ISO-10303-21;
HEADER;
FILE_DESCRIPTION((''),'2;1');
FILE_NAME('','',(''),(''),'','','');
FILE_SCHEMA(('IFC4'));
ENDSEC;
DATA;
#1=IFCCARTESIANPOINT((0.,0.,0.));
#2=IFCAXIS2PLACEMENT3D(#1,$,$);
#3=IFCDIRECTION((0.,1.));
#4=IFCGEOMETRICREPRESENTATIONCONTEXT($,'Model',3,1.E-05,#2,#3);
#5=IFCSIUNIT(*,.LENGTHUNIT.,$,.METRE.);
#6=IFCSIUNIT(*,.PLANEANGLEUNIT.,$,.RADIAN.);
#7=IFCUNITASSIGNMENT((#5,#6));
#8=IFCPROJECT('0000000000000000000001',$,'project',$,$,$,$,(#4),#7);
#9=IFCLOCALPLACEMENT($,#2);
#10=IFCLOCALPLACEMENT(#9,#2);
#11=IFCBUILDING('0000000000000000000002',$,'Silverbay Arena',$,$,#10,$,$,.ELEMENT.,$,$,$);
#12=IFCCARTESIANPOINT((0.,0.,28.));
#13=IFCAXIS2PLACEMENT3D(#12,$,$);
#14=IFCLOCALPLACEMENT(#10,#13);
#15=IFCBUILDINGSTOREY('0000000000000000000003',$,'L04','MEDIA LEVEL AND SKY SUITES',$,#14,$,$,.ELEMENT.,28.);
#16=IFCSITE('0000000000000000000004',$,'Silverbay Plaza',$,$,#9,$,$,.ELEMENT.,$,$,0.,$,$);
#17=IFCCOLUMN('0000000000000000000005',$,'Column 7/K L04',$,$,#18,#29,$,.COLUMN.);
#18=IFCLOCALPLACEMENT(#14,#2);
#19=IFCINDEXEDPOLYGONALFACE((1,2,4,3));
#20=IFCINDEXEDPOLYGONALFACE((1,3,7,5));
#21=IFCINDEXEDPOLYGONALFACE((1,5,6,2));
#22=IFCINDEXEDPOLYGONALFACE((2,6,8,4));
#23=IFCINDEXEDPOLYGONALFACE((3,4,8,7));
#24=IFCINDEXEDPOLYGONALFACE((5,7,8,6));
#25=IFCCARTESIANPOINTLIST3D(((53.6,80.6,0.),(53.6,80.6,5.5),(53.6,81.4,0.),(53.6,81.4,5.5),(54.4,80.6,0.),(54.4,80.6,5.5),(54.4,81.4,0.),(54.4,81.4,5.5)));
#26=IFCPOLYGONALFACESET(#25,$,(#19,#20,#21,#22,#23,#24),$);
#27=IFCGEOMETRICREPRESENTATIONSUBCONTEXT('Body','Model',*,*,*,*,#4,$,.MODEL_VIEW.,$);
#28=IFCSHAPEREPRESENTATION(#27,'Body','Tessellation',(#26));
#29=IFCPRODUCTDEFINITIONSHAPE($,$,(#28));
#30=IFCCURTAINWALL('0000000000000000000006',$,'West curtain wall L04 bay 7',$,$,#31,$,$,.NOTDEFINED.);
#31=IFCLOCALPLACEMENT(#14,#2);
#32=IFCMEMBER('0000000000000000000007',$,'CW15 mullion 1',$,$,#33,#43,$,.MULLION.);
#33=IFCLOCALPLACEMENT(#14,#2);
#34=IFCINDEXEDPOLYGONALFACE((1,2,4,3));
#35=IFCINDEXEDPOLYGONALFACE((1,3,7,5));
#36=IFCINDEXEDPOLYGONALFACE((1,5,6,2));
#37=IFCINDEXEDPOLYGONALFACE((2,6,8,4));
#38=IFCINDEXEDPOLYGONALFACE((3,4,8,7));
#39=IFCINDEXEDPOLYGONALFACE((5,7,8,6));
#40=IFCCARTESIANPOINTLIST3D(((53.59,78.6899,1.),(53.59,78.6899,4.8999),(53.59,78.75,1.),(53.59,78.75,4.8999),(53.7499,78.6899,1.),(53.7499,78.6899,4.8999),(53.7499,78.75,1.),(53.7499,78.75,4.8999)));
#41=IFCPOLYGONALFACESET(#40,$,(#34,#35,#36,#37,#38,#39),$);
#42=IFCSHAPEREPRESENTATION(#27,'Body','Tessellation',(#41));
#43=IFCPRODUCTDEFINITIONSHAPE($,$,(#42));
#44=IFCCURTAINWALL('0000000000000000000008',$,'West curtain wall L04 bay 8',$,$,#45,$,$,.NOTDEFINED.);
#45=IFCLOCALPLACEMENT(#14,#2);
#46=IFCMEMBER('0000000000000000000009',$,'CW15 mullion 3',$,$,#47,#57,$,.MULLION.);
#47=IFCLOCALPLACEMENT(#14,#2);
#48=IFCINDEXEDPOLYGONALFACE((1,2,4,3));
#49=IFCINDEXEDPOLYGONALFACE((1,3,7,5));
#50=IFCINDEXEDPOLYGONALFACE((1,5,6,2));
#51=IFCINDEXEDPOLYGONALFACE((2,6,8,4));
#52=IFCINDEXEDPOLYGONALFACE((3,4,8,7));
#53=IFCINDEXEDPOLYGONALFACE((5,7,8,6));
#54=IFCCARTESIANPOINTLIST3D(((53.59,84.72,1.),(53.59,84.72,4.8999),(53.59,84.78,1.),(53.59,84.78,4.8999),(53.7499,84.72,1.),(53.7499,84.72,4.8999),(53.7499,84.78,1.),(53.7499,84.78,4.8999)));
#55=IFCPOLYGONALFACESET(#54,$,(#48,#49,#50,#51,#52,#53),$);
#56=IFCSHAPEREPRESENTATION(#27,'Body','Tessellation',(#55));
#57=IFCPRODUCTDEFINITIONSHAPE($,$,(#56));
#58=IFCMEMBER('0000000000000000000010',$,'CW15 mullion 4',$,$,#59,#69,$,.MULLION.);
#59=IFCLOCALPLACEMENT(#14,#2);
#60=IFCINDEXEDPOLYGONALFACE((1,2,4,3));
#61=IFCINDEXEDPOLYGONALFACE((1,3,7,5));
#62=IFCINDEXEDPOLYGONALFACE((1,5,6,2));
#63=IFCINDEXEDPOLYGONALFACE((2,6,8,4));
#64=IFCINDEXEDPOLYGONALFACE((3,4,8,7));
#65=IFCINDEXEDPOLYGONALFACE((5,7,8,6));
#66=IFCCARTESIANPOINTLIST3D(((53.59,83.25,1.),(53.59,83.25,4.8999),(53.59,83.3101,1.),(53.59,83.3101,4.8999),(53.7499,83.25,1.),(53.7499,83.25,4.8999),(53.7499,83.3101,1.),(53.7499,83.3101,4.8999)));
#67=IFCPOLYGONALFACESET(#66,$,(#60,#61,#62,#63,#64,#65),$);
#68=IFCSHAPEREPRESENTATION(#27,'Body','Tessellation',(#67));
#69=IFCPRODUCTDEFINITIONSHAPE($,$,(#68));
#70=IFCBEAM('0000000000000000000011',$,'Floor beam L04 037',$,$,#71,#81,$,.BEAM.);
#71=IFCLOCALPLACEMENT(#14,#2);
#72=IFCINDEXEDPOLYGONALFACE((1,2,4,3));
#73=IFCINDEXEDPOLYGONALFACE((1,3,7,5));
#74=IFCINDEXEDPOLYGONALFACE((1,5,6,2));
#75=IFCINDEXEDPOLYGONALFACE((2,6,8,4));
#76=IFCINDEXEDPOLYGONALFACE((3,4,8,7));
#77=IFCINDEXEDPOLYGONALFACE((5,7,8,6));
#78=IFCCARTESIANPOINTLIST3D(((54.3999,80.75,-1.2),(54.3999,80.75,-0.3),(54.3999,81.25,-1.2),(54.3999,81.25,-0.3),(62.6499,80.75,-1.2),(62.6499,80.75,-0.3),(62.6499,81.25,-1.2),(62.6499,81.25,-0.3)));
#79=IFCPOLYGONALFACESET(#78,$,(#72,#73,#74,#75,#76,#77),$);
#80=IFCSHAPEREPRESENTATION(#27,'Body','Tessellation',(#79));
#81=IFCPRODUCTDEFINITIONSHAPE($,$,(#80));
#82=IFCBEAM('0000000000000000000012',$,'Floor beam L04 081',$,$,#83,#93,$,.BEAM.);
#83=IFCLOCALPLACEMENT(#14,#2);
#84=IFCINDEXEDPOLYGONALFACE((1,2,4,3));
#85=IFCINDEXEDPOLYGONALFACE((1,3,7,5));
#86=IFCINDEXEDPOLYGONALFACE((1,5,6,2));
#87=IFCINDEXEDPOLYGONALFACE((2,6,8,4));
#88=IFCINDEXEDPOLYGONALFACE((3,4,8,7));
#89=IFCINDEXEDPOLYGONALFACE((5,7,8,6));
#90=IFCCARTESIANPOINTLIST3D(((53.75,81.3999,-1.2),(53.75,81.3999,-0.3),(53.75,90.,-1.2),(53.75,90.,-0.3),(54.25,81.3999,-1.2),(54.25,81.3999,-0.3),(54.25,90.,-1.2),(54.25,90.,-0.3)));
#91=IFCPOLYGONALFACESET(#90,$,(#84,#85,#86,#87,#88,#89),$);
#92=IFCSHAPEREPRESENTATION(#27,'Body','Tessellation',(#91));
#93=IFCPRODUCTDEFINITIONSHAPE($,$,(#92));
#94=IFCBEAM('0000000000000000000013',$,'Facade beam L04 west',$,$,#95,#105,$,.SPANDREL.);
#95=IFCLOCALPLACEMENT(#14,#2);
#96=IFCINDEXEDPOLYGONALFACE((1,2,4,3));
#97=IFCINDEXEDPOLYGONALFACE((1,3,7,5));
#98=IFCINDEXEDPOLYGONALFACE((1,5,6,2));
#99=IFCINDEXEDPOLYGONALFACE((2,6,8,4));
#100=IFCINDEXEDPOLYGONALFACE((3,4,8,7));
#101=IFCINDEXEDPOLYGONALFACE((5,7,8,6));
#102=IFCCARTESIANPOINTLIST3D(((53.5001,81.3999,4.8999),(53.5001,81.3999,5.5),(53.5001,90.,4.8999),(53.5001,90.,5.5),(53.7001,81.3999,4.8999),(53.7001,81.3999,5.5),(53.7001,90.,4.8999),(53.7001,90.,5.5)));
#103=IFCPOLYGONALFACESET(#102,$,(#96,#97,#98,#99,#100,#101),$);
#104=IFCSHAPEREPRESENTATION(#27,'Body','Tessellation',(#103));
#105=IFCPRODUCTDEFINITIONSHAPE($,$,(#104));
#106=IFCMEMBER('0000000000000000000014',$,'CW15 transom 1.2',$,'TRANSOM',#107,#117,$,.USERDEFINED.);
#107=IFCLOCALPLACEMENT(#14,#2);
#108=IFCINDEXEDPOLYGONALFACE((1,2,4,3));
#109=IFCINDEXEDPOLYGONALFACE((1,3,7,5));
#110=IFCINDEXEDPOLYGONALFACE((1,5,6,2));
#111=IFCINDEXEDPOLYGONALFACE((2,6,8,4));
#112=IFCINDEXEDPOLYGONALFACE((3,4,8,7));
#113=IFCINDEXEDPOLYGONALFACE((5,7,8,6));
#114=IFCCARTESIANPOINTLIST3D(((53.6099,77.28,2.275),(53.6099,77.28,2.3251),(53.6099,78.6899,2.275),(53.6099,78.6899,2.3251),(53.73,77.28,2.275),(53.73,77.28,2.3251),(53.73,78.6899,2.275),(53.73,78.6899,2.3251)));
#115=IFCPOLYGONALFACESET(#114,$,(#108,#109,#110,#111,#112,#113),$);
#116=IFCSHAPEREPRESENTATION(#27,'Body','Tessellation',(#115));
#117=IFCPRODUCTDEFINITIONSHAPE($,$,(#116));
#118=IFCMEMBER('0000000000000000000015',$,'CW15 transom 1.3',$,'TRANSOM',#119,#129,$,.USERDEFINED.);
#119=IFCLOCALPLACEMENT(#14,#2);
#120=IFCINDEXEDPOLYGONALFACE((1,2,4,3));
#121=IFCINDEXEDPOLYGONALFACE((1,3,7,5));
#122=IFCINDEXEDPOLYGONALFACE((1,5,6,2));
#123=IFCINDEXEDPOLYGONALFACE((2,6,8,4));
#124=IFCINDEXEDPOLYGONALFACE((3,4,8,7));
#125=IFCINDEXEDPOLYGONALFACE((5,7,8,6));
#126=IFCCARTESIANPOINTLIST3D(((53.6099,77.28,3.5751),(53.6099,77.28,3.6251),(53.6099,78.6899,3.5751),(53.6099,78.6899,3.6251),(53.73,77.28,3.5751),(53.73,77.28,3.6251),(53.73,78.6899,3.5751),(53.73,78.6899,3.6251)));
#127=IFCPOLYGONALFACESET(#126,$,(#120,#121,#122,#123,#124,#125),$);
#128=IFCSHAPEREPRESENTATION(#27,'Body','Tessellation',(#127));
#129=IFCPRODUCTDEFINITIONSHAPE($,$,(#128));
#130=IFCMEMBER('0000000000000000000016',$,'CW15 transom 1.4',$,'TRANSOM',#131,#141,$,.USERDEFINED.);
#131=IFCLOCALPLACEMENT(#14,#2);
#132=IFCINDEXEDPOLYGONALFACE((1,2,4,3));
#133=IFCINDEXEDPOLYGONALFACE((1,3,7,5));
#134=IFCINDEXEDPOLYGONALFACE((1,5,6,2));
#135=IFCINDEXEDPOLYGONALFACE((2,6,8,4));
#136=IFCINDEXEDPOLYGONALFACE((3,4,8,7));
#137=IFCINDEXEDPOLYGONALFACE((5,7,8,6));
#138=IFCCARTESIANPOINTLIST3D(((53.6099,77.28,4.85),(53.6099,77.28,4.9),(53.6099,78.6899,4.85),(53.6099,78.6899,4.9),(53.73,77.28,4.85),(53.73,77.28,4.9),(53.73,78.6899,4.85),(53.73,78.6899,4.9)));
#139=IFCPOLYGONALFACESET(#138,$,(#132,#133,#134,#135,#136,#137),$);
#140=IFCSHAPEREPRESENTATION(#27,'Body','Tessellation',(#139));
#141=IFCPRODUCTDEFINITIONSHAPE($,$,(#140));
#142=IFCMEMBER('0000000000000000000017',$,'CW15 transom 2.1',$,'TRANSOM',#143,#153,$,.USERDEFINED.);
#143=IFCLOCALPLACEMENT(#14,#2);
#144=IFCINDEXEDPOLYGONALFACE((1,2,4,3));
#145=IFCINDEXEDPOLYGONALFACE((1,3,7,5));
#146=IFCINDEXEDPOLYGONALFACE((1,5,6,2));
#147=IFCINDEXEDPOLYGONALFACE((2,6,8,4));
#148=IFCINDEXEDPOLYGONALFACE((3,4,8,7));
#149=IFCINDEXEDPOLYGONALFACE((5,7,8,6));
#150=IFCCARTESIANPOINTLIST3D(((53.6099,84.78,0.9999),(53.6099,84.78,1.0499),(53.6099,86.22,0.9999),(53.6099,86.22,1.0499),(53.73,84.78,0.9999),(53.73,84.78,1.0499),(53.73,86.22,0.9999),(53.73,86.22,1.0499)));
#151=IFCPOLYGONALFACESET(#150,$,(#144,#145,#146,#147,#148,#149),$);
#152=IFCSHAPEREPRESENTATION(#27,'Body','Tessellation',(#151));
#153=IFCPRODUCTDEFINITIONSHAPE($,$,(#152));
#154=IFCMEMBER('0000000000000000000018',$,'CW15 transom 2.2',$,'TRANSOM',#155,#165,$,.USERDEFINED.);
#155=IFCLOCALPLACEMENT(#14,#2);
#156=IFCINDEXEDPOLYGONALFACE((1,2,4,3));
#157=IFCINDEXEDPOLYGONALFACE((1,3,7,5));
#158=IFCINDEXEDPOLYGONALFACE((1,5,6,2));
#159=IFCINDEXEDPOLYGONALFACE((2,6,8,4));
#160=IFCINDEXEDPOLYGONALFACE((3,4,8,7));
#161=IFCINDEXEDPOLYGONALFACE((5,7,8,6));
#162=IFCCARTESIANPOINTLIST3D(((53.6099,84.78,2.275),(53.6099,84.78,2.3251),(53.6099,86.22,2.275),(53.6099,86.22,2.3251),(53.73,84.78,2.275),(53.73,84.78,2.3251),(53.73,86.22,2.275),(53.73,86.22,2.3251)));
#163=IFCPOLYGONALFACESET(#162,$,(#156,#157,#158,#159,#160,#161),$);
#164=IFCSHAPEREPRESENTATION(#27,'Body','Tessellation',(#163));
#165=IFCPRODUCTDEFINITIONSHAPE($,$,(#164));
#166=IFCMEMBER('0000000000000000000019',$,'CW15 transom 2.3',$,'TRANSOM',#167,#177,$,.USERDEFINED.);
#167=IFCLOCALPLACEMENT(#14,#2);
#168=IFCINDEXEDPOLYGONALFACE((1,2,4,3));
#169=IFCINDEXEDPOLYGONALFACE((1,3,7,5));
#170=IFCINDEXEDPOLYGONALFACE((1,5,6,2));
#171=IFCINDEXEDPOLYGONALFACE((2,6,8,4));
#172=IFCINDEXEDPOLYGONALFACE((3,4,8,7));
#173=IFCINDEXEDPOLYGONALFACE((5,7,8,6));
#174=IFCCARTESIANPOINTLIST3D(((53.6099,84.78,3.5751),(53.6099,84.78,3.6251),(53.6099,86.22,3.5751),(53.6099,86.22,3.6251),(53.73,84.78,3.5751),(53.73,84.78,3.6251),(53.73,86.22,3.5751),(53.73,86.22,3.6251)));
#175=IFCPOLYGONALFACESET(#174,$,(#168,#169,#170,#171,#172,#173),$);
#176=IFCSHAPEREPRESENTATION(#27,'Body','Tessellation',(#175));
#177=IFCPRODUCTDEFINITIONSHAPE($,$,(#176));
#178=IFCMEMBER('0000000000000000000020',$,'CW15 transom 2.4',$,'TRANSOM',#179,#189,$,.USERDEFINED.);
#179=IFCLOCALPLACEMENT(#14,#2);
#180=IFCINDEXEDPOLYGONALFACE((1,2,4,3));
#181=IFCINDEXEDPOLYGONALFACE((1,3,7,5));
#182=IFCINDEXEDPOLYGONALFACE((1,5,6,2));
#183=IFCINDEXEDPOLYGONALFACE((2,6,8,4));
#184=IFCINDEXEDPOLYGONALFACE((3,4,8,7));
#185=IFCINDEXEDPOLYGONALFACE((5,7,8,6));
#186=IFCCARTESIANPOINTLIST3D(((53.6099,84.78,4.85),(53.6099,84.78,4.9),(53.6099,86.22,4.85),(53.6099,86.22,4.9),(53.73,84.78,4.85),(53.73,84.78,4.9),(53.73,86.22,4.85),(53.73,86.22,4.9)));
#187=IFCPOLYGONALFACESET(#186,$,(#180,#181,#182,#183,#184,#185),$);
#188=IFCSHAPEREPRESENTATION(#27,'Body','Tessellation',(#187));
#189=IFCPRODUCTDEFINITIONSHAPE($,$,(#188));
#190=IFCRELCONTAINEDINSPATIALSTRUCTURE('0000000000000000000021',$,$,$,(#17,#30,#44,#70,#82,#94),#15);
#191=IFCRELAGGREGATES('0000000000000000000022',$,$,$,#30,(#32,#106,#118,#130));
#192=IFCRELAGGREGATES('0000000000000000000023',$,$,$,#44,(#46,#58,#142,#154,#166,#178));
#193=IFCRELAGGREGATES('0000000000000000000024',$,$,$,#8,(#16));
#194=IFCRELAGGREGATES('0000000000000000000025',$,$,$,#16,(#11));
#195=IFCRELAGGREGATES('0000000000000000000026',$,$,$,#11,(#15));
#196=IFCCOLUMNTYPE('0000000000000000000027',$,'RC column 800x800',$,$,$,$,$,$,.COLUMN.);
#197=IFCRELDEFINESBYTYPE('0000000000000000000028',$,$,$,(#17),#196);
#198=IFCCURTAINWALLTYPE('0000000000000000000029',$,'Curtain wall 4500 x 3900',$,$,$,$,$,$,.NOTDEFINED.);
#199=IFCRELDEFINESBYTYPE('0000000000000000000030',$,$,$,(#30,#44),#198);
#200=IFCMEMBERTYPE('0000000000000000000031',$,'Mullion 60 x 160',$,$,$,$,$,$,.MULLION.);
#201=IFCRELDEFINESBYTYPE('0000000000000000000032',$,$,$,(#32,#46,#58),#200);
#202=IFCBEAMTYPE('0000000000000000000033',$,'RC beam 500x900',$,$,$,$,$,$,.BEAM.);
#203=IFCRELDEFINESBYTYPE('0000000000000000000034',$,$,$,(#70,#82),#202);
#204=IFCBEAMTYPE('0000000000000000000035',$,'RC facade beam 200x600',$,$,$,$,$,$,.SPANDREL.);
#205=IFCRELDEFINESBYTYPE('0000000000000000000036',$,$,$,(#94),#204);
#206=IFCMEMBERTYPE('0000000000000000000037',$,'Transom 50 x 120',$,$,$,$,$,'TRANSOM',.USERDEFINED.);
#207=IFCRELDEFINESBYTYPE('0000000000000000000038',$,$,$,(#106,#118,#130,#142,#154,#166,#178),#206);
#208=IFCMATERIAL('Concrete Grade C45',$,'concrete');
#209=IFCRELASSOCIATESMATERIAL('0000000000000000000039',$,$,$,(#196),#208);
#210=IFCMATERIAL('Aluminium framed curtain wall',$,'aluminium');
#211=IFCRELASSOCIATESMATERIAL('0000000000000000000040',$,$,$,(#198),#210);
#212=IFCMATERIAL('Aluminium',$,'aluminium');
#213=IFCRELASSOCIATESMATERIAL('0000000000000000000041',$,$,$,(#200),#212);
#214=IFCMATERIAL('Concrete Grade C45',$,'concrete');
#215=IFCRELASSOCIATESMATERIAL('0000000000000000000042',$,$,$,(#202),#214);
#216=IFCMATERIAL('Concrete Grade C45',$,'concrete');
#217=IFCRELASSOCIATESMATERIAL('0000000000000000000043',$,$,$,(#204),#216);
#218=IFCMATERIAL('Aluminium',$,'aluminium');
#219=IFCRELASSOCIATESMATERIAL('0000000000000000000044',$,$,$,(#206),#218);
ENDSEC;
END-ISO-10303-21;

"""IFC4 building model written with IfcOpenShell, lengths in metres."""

from ifc_helpers import new_model, si_unit, direction, frame, origin, origin_2d, place, context, subcontext, project, spatial, rectangle, extrude, material, material_profile, profile_set, type_object, element, aggregate, save


model = new_model("IFC4")

# Units and contexts
model_context = context("Model", 3, precision=1e-05, world=origin(), true_north=direction((0.0, 1.0)))
body_context = subcontext(model_context, "Body", "Model", "MODEL_VIEW")
ifc_project = project(units=[si_unit("LENGTHUNIT", "METRE"), si_unit("PLANEANGLEUNIT", "RADIAN")], contexts=[model_context])

# Site, building, storey
site_placement = place(None, origin())
site = spatial("IfcSite", under=ifc_project, at=site_placement, Name="Silverbay Plaza", CompositionType="ELEMENT", RefElevation=0.0)
building_placement = place(site_placement, origin())
building = spatial("IfcBuilding", under=site, at=building_placement, Name="Silverbay Arena", CompositionType="ELEMENT")
storey_placement = place(building_placement, frame((0.0, 0.0, 28.0)))
storey = spatial("IfcBuildingStorey", under=building, at=storey_placement, Name="L04", Description="MEDIA LEVEL AND SKY SUITES", CompositionType="ELEMENT", Elevation=28.0)

# Column
ifc_material_1 = material(Name="Concrete Grade C45", Category="concrete")
ifc_material_profile_1 = material_profile(ifc_material_1, rectangle(XDim=0.8, YDim=0.8, at=origin_2d()), Name="RC 800x800")
ifc_profile_set_1 = profile_set([ifc_material_profile_1], Name="Concrete Grade C45")
column_type = type_object("IfcColumnType", Name="RC column 800x800", PredefinedType="COLUMN", material=ifc_profile_set_1)
column_placement = place(storey_placement, frame((54.0, 81.0, 0.0), z_axis=(0.0, 0.0, 1.0), x_axis=(1.0, 0.0, 0.0)))
element("IfcColumn", 1, at=column_placement, inside=storey, type_object=column_type, Name="Column 7/K L04", PredefinedType="COLUMN", context=body_context, shape_type="SweptSolid", body=[
    extrude(rectangle(XDim=0.8, YDim=0.8, at=origin_2d()), origin(), (0.0, 0.0, 1.0), 5.5),
])

# Curtain wall, member
ifc_material_2 = material(Name="Aluminium framed curtain wall", Category="aluminium")
curtain_wall_type = type_object("IfcCurtainWallType", Name="Curtain wall 4500 x 3900", PredefinedType="NOTDEFINED", material=ifc_material_2)
curtain_wall_1_placement = place(storey_placement, origin())
curtain_wall_1 = element("IfcCurtainWall", 2, at=curtain_wall_1_placement, inside=storey, type_object=curtain_wall_type, Name="West curtain wall L04 bay 7", PredefinedType="NOTDEFINED")
ifc_material_3 = material(Name="Aluminium", Category="aluminium")
ifc_material_profile_2 = material_profile(ifc_material_3, rectangle(XDim=0.1599, YDim=0.0601, at=origin_2d()), Name="Mullion 60 x 160")
ifc_profile_set_2 = profile_set([ifc_material_profile_2], Name="Aluminium")
member_type_1 = type_object("IfcMemberType", Name="Mullion 60 x 160", PredefinedType="MULLION", material=ifc_profile_set_2)
member_1_placement = place(storey_placement, frame((53.6699, 78.72, 1.0), z_axis=(0.0, 0.0, 1.0), x_axis=(1.0, 0.0, 0.0)))
member_1 = element("IfcMember", 3, at=member_1_placement, type_object=member_type_1, Name="CW15 mullion 1", PredefinedType="MULLION", context=body_context, shape_type="SweptSolid", body=[
    extrude(rectangle(XDim=0.1599, YDim=0.0601, at=origin_2d()), origin(), (0.0, 0.0, 1.0), 3.8999),
])

# Curtain wall, members
curtain_wall_2_placement = place(storey_placement, origin())
curtain_wall_2 = element("IfcCurtainWall", 4, at=curtain_wall_2_placement, inside=storey, type_object=curtain_wall_type, Name="West curtain wall L04 bay 8", PredefinedType="NOTDEFINED")
member_2_placement = place(storey_placement, frame((53.6699, 84.75, 1.0), z_axis=(0.0, 0.0, 1.0), x_axis=(1.0, 0.0, 0.0)))
member_2 = element("IfcMember", 5, at=member_2_placement, type_object=member_type_1, Name="CW15 mullion 3", PredefinedType="MULLION", context=body_context, shape_type="SweptSolid", body=[
    extrude(rectangle(XDim=0.1599, YDim=0.0601, at=origin_2d()), origin(), (0.0, 0.0, 1.0), 3.8999),
])
member_3_placement = place(storey_placement, frame((53.6699, 83.28, 1.0), z_axis=(0.0, 0.0, 1.0), x_axis=(1.0, 0.0, 0.0)))
member_3 = element("IfcMember", 6, at=member_3_placement, type_object=member_type_1, Name="CW15 mullion 4", PredefinedType="MULLION", context=body_context, shape_type="SweptSolid", body=[
    extrude(rectangle(XDim=0.1599, YDim=0.0601, at=origin_2d()), origin(), (0.0, 0.0, 1.0), 3.8999),
])

# Beams
ifc_material_4 = material(Name="Concrete Grade C45", Category="concrete")
ifc_material_profile_3 = material_profile(ifc_material_4, rectangle(XDim=0.5, YDim=0.8999, at=origin_2d()), Name="RC 500x900")
ifc_profile_set_3 = profile_set([ifc_material_profile_3], Name="Concrete Grade C45")
beam_type_1 = type_object("IfcBeamType", Name="RC beam 500x900", PredefinedType="BEAM", material=ifc_profile_set_3)
beam_1_placement = place(storey_placement, frame((54.3999, 81.0, -0.75), z_axis=(1.0, 0.0, 0.0), x_axis=(0.0, 1.0, 0.0)))
element("IfcBeam", 7, at=beam_1_placement, inside=storey, type_object=beam_type_1, Name="Floor beam L04 037", PredefinedType="BEAM", context=body_context, shape_type="SweptSolid", body=[
    extrude(rectangle(XDim=0.5, YDim=0.8999, at=origin_2d()), origin(), (0.0, 0.0, 1.0), 8.25),
])
beam_2_placement = place(storey_placement, frame((54.0, 81.3999, -0.75), z_axis=(0.0, 1.0, 0.0), x_axis=(-1.0, 0.0, 0.0)))
element("IfcBeam", 8, at=beam_2_placement, inside=storey, type_object=beam_type_1, Name="Floor beam L04 081", PredefinedType="BEAM", context=body_context, shape_type="SweptSolid", body=[
    extrude(rectangle(XDim=0.5, YDim=0.8999, at=origin_2d()), origin(), (0.0, 0.0, 1.0), 8.6001),
])
ifc_material_5 = material(Name="Concrete Grade C45", Category="concrete")
ifc_material_profile_4 = material_profile(ifc_material_5, rectangle(XDim=0.2, YDim=0.6001, at=origin_2d()), Name="RC 200x600")
ifc_profile_set_4 = profile_set([ifc_material_profile_4], Name="Concrete Grade C45")
beam_type_2 = type_object("IfcBeamType", Name="RC facade beam 200x600", PredefinedType="SPANDREL", material=ifc_profile_set_4)
beam_3_placement = place(storey_placement, frame((53.6001, 81.3999, 5.2), z_axis=(0.0, 1.0, 0.0), x_axis=(-1.0, 0.0, 0.0)))
element("IfcBeam", 9, at=beam_3_placement, inside=storey, type_object=beam_type_2, Name="Facade beam L04 west", PredefinedType="SPANDREL", context=body_context, shape_type="SweptSolid", body=[
    extrude(rectangle(XDim=0.2, YDim=0.6001, at=origin_2d()), origin(), (0.0, 0.0, 1.0), 8.6001),
])

# Members
ifc_material_6 = material(Name="Aluminium", Category="aluminium")
ifc_material_profile_5 = material_profile(ifc_material_6, rectangle(XDim=0.1201, YDim=0.05, at=origin_2d()), Name="Transom 50 x 120")
ifc_profile_set_5 = profile_set([ifc_material_profile_5], Name="Aluminium")
member_type_2 = type_object("IfcMemberType", Name="Transom 50 x 120", ElementType="TRANSOM", PredefinedType="USERDEFINED", material=ifc_profile_set_5)
member_4_placement = place(storey_placement, frame((53.6699, 78.6899, 2.3), z_axis=(0.0, -1.0, 0.0), x_axis=(1.0, 0.0, 0.0)))
member_4 = element("IfcMember", 10, at=member_4_placement, type_object=member_type_2, Name="CW15 transom 1.2", ObjectType="TRANSOM", PredefinedType="USERDEFINED", context=body_context, shape_type="SweptSolid", body=[
    extrude(rectangle(XDim=0.1201, YDim=0.05, at=origin_2d()), origin(), (0.0, 0.0, 1.0), 1.4099),
])
member_5_placement = place(storey_placement, frame((53.6699, 78.6899, 3.6001), z_axis=(0.0, -1.0, 0.0), x_axis=(1.0, 0.0, 0.0)))
member_5 = element("IfcMember", 11, at=member_5_placement, type_object=member_type_2, Name="CW15 transom 1.3", ObjectType="TRANSOM", PredefinedType="USERDEFINED", context=body_context, shape_type="SweptSolid", body=[
    extrude(rectangle(XDim=0.1201, YDim=0.05, at=origin_2d()), origin(), (0.0, 0.0, 1.0), 1.4099),
])
member_6_placement = place(storey_placement, frame((53.6699, 78.6899, 4.875), z_axis=(0.0, -1.0, 0.0), x_axis=(1.0, 0.0, 0.0)))
member_6 = element("IfcMember", 12, at=member_6_placement, type_object=member_type_2, Name="CW15 transom 1.4", ObjectType="TRANSOM", PredefinedType="USERDEFINED", context=body_context, shape_type="SweptSolid", body=[
    extrude(rectangle(XDim=0.1201, YDim=0.05, at=origin_2d()), origin(), (0.0, 0.0, 1.0), 1.4099),
])
aggregate(curtain_wall_1, [member_1, member_4, member_5, member_6])
member_7_placement = place(storey_placement, frame((53.6699, 86.22, 1.0249), z_axis=(0.0, -1.0, 0.0), x_axis=(1.0, 0.0, 0.0)))
member_7 = element("IfcMember", 13, at=member_7_placement, type_object=member_type_2, Name="CW15 transom 2.1", ObjectType="TRANSOM", PredefinedType="USERDEFINED", context=body_context, shape_type="SweptSolid", body=[
    extrude(rectangle(XDim=0.1201, YDim=0.05, at=origin_2d()), origin(), (0.0, 0.0, 1.0), 1.4399),
])
member_8_placement = place(storey_placement, frame((53.6699, 86.22, 2.3), z_axis=(0.0, -1.0, 0.0), x_axis=(1.0, 0.0, 0.0)))
member_8 = element("IfcMember", 14, at=member_8_placement, type_object=member_type_2, Name="CW15 transom 2.2", ObjectType="TRANSOM", PredefinedType="USERDEFINED", context=body_context, shape_type="SweptSolid", body=[
    extrude(rectangle(XDim=0.1201, YDim=0.05, at=origin_2d()), origin(), (0.0, 0.0, 1.0), 1.4399),
])
member_9_placement = place(storey_placement, frame((53.6699, 86.22, 3.6001), z_axis=(0.0, -1.0, 0.0), x_axis=(1.0, 0.0, 0.0)))
member_9 = element("IfcMember", 15, at=member_9_placement, type_object=member_type_2, Name="CW15 transom 2.3", ObjectType="TRANSOM", PredefinedType="USERDEFINED", context=body_context, shape_type="SweptSolid", body=[
    extrude(rectangle(XDim=0.1201, YDim=0.05, at=origin_2d()), origin(), (0.0, 0.0, 1.0), 1.4399),
])
member_10_placement = place(storey_placement, frame((53.6699, 86.22, 4.875), z_axis=(0.0, -1.0, 0.0), x_axis=(1.0, 0.0, 0.0)))
member_10 = element("IfcMember", 16, at=member_10_placement, type_object=member_type_2, Name="CW15 transom 2.4", ObjectType="TRANSOM", PredefinedType="USERDEFINED", context=body_context, shape_type="SweptSolid", body=[
    extrude(rectangle(XDim=0.1201, YDim=0.05, at=origin_2d()), origin(), (0.0, 0.0, 1.0), 1.4399),
])

aggregate(curtain_wall_2, [member_2, member_3, member_7, member_8, member_9, member_10])

save(model, "model.ifc")
